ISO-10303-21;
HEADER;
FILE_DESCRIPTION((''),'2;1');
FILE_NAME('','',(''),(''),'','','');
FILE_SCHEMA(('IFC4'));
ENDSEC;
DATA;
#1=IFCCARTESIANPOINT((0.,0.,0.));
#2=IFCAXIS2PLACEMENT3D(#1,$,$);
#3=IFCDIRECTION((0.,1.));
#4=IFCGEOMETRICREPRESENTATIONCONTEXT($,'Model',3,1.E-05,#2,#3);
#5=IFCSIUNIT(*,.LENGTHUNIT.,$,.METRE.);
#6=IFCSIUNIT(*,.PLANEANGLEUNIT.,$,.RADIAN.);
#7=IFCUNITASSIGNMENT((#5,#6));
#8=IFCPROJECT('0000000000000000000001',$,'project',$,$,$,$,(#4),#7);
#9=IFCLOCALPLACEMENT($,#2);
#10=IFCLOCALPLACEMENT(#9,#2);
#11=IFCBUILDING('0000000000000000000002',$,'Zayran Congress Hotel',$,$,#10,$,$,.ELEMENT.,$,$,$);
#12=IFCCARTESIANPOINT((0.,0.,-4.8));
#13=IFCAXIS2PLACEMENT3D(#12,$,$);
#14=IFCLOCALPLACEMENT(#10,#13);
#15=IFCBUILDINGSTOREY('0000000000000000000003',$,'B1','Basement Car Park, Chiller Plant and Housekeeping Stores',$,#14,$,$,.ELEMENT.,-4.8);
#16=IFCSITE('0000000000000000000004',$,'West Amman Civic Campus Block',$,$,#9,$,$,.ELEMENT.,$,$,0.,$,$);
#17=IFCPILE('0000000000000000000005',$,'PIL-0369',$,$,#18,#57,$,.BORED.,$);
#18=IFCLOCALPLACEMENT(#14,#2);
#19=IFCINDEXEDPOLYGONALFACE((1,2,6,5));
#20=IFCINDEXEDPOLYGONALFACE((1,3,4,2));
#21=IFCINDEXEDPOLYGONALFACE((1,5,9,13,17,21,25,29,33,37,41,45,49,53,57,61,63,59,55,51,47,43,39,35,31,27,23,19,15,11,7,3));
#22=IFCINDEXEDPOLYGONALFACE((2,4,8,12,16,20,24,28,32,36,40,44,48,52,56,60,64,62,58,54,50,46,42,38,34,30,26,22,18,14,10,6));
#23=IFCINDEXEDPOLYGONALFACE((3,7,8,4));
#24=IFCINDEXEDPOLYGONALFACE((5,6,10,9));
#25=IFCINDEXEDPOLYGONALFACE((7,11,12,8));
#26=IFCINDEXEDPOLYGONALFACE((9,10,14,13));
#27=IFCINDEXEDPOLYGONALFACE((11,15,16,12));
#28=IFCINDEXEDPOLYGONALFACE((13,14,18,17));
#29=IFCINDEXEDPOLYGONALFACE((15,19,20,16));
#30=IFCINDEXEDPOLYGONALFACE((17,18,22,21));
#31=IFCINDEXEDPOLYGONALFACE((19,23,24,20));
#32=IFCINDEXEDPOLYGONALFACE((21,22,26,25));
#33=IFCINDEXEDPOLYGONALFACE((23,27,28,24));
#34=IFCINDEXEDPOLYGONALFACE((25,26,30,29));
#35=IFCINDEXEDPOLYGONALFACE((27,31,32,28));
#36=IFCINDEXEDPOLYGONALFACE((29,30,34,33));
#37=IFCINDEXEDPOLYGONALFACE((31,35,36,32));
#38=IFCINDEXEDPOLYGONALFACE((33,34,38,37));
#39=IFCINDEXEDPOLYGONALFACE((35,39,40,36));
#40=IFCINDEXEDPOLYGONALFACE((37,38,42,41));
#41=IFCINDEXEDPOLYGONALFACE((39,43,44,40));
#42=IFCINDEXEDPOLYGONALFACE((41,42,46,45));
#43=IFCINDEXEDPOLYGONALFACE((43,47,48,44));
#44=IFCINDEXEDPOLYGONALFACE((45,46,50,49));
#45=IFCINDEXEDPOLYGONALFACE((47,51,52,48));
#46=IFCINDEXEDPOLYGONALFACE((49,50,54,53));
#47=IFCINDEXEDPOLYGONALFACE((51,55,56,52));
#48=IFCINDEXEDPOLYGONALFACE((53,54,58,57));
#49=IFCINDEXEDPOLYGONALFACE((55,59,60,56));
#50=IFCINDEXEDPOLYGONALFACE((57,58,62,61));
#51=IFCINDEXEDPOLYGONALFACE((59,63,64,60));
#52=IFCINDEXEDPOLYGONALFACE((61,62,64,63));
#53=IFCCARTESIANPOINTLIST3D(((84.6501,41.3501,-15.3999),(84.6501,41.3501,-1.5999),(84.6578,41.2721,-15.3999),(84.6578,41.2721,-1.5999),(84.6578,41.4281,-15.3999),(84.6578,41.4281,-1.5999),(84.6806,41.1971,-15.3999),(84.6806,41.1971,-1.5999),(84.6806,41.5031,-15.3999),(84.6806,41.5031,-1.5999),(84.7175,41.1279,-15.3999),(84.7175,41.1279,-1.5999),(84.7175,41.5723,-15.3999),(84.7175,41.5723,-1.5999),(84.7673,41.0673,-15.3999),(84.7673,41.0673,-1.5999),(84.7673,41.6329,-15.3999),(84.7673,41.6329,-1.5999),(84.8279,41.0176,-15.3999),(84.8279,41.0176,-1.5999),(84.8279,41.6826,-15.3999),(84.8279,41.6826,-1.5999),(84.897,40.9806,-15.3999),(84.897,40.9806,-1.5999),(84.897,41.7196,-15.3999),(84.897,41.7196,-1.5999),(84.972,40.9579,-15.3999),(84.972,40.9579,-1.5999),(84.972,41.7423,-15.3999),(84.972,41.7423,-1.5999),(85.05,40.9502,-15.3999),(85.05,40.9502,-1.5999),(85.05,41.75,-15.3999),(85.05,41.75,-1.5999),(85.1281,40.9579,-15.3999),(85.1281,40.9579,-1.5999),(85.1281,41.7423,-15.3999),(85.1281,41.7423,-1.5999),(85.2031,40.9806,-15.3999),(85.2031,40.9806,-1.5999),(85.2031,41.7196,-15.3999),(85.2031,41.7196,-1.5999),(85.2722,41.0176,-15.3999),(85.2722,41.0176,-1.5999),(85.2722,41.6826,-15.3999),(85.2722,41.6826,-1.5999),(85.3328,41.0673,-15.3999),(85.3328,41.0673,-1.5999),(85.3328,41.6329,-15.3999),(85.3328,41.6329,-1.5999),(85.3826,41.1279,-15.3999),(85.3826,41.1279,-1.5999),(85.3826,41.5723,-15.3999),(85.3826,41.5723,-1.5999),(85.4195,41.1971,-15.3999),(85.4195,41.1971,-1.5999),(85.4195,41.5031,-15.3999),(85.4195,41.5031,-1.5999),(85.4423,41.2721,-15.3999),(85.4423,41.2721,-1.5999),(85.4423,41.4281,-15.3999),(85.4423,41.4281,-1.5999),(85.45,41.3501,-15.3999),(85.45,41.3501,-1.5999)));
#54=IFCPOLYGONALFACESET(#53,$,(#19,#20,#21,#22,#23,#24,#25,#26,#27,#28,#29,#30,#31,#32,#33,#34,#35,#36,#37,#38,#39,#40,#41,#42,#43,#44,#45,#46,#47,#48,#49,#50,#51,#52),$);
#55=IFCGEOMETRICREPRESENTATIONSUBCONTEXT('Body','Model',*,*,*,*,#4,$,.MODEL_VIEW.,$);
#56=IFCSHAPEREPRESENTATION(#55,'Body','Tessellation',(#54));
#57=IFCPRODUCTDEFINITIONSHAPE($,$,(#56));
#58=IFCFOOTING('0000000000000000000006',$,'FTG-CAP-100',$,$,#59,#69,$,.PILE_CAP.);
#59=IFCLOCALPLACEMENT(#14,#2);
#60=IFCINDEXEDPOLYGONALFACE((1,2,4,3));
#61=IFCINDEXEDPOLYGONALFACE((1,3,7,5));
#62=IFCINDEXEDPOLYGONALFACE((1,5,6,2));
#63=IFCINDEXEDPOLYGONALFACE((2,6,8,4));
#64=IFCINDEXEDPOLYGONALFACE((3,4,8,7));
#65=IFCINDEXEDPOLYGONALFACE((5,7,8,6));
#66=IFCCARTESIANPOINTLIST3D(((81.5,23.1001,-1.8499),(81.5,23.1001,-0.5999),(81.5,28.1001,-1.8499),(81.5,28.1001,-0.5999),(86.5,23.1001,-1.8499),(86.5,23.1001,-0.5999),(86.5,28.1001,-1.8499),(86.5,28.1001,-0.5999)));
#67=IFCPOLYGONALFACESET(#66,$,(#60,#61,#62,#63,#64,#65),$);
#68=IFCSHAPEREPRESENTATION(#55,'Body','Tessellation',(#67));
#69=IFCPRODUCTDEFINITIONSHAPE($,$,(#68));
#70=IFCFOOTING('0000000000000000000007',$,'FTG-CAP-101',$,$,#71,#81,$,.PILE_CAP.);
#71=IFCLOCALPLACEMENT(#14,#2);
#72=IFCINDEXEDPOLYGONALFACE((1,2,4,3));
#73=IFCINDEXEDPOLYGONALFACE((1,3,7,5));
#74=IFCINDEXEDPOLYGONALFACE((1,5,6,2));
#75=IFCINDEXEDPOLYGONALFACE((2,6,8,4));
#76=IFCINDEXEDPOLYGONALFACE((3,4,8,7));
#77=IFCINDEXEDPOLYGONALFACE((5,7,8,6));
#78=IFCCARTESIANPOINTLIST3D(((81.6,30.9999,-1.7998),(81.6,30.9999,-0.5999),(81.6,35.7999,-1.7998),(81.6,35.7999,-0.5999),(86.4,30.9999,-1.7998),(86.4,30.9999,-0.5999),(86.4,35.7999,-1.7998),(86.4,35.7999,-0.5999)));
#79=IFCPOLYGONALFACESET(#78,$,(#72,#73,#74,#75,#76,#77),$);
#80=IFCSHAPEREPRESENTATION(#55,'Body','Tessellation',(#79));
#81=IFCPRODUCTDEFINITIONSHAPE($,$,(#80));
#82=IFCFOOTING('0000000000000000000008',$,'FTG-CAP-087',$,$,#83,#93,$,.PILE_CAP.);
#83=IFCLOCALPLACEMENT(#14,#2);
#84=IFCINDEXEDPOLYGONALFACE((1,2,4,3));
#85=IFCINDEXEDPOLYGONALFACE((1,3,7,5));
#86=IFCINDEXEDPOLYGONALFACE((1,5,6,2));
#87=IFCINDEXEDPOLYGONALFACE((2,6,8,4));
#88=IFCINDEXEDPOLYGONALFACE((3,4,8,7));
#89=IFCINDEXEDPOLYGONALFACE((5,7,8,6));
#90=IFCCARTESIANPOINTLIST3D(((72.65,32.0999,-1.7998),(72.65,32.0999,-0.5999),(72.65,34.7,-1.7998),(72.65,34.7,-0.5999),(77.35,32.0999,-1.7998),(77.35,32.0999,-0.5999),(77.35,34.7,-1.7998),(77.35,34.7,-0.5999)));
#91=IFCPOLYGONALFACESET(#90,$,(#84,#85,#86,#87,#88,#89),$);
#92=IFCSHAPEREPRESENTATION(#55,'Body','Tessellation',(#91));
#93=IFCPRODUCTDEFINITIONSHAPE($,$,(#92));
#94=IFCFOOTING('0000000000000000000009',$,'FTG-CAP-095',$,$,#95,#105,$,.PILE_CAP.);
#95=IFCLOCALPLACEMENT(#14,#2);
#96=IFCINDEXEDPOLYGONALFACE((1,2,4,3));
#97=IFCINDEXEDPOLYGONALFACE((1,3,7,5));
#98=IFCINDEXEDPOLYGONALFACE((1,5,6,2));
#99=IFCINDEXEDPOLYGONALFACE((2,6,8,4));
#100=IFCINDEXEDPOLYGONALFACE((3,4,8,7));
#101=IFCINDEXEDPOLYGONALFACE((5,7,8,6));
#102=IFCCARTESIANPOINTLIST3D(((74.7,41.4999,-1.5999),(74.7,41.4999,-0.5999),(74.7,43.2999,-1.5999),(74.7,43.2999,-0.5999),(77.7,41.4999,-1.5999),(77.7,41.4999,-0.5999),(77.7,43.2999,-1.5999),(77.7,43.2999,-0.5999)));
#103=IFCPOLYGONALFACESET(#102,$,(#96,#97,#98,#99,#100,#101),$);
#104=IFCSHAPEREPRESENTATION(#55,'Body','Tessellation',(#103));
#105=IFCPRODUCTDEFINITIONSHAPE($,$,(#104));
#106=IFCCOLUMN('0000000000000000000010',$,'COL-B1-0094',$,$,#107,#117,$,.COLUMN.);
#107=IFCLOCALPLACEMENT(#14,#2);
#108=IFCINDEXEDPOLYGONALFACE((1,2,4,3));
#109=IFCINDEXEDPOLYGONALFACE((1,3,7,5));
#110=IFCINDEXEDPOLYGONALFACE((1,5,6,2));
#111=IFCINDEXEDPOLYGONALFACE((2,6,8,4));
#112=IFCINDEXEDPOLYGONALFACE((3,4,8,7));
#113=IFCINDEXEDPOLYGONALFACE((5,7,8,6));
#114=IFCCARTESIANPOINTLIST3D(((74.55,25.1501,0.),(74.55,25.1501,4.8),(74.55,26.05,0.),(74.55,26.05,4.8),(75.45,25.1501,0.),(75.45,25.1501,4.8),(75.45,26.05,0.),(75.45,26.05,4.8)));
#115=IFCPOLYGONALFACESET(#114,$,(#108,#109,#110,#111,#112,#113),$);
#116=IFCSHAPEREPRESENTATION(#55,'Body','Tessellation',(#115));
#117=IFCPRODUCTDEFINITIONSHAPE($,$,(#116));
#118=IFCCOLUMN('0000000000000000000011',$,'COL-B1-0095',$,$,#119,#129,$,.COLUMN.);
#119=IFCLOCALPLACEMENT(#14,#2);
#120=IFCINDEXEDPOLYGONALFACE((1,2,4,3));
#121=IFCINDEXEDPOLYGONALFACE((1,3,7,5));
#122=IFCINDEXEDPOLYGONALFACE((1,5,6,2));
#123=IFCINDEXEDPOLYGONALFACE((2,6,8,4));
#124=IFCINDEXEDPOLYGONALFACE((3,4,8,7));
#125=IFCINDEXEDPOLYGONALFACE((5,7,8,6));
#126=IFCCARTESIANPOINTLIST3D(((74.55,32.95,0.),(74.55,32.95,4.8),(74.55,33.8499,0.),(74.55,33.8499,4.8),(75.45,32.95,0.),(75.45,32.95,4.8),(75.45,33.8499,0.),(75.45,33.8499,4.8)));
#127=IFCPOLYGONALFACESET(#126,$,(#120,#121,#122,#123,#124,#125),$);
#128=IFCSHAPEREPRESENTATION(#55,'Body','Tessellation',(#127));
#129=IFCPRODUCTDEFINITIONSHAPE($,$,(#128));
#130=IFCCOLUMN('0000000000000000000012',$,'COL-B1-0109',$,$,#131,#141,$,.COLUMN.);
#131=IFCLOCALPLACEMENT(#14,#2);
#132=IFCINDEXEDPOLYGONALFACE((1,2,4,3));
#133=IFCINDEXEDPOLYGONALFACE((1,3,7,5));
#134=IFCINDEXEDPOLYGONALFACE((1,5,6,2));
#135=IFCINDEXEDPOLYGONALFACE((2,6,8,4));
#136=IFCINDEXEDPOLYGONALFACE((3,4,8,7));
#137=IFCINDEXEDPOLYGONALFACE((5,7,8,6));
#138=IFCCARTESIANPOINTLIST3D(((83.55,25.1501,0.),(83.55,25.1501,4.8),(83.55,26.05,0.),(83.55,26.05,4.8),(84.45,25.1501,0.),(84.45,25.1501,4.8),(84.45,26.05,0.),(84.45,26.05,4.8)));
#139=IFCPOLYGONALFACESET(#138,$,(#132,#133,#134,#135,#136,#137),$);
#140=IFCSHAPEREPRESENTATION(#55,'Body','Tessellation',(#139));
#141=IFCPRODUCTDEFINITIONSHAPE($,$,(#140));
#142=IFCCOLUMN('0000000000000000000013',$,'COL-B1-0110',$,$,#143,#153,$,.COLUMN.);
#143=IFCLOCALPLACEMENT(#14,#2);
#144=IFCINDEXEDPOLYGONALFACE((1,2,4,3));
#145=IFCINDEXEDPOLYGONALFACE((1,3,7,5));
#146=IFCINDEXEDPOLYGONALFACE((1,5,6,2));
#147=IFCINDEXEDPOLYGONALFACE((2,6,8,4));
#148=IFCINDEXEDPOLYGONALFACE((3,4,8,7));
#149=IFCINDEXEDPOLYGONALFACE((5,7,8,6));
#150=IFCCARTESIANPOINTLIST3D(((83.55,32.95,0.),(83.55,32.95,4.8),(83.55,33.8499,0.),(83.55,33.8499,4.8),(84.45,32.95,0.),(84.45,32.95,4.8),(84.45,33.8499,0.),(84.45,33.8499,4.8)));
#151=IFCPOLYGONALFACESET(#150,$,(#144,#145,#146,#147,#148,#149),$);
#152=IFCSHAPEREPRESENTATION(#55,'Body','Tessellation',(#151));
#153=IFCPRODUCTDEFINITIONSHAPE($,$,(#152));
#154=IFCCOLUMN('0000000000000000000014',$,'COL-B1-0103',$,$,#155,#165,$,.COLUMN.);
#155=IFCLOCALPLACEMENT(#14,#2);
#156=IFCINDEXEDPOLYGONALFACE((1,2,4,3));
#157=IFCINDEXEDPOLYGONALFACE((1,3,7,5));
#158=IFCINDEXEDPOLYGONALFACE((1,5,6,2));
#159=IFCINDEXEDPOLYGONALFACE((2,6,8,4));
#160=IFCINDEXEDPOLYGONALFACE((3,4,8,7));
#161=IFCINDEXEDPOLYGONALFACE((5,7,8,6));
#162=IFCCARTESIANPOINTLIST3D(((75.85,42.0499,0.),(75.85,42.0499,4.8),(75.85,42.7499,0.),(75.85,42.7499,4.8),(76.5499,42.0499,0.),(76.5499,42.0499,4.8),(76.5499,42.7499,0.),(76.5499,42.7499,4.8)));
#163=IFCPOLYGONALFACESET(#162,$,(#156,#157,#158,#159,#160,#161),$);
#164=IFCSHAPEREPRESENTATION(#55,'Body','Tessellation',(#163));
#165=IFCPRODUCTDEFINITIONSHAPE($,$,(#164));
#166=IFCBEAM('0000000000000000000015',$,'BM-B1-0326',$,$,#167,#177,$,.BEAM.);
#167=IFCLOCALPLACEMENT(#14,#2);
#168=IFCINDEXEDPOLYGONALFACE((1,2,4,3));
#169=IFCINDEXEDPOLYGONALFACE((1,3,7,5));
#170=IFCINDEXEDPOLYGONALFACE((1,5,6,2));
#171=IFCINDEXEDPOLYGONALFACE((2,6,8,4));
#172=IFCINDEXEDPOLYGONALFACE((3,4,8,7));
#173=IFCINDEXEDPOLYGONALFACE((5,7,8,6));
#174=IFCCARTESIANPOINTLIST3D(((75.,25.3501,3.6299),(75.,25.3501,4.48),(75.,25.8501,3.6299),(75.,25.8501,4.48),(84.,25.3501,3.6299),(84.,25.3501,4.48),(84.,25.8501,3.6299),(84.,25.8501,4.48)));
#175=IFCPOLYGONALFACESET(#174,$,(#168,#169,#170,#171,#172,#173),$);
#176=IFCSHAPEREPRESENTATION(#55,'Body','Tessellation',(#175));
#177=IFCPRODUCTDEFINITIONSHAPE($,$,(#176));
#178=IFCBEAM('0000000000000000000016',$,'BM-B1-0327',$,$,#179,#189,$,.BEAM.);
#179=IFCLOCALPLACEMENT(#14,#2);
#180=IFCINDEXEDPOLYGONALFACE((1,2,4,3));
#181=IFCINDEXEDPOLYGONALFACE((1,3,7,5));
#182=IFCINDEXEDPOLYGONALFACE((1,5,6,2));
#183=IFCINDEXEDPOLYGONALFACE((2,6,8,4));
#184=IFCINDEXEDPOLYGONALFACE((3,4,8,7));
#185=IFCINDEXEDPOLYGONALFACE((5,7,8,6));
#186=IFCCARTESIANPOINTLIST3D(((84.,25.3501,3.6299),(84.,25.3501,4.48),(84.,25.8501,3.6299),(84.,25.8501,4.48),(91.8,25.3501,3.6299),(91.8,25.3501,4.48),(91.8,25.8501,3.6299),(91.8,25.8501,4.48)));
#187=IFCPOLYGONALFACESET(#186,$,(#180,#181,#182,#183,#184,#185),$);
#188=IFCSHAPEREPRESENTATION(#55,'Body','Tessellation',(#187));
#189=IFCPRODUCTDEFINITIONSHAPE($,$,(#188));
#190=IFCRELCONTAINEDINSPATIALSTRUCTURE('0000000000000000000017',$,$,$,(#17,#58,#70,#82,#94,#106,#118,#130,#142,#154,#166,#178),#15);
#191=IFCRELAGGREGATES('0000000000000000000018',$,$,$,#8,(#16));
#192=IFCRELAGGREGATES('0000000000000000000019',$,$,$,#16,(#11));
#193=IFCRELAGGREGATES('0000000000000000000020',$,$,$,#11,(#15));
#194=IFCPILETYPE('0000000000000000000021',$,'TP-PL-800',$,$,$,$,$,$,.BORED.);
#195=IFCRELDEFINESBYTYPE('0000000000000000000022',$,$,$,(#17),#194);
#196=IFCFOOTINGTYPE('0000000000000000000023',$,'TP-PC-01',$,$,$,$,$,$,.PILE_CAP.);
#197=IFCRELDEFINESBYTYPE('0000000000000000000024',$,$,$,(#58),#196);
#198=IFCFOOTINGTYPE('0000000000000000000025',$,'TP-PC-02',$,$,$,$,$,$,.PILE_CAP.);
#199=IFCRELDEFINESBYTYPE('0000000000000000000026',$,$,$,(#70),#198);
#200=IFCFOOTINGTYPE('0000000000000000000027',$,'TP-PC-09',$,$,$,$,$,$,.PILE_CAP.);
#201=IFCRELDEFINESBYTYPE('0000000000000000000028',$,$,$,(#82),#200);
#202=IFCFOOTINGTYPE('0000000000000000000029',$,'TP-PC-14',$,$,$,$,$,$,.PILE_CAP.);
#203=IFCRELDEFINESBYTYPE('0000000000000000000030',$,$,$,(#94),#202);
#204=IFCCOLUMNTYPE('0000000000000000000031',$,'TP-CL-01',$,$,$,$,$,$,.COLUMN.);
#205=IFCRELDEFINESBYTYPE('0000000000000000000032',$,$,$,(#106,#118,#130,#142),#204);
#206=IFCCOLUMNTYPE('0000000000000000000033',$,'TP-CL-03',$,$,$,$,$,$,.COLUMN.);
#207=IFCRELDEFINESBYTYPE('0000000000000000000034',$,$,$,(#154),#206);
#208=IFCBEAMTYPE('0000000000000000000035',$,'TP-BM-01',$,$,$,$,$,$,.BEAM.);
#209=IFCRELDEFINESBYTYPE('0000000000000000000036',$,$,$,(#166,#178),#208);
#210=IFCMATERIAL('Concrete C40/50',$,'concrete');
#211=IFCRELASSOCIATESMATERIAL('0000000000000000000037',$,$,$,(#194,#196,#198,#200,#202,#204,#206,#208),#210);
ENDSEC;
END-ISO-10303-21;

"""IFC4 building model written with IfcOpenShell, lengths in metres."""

from ifc_helpers import new_model, si_unit, direction, frame, origin, origin_2d, place, context, subcontext, project, spatial, rectangle, circle, extrude, material, material_profile, profile_set, type_object, element, save


model = new_model("IFC4")

# Units and contexts
model_context = context("Model", 3, precision=1e-05, world=origin(), true_north=direction((0.0, 1.0)))
body_context = subcontext(model_context, "Body", "Model", "MODEL_VIEW")
ifc_project = project(units=[si_unit("LENGTHUNIT", "METRE"), si_unit("PLANEANGLEUNIT", "RADIAN")], contexts=[model_context])

# Site, building, storey
site_placement = place(None, origin())
site = spatial("IfcSite", under=ifc_project, at=site_placement, Name="West Amman Civic Campus Block", CompositionType="ELEMENT", RefElevation=0.0)
building_placement = place(site_placement, origin())
building = spatial("IfcBuilding", under=site, at=building_placement, Name="Zayran Congress Hotel", CompositionType="ELEMENT")
storey_placement = place(building_placement, frame((0.0, 0.0, -4.8)))
storey = spatial("IfcBuildingStorey", under=building, at=storey_placement, Name="B1", Description="Basement Car Park, Chiller Plant and Housekeeping Stores", CompositionType="ELEMENT", Elevation=-4.8)

# Pile
ifc_material_1 = material(Name="Concrete C40/50", Category="concrete")
ifc_material_profile_1 = material_profile(ifc_material_1, circle(Radius=0.3999, at=origin_2d()), Name="PILE D800")
ifc_profile_set_1 = profile_set([ifc_material_profile_1], Name="Concrete C40/50")
pile_type_1 = type_object("IfcPileType", Name="TP-PL-800", PredefinedType="BORED", material=ifc_profile_set_1)
for number, where, z_axis, x_axis, name in (
    (1, (85.05, 41.3501, -1.5999), (0.0, 0.0, -1.0), (1.0, 0.0, 0.0), "PIL-0369"),
):
    element("IfcPile", number, at=place(storey_placement, frame(where, z_axis=z_axis, x_axis=x_axis)), inside=storey, type_object=pile_type_1, Name=name, PredefinedType="BORED", context=body_context, shape_type="SweptSolid", body=[
        extrude(circle(Radius=0.3999, at=origin_2d()), origin(), (0.0, 0.0, 1.0), 13.8),
    ])

# Footings
footing_type_1 = type_object("IfcFootingType", Name="TP-PC-01", PredefinedType="PILE_CAP", material=ifc_material_1)
footing_1_placement = place(storey_placement, frame((84.0, 25.6001, -1.8499), z_axis=(0.0, 0.0, 1.0), x_axis=(1.0, 0.0, 0.0)))
element("IfcFooting", 2, at=footing_1_placement, inside=storey, type_object=footing_type_1, Name="FTG-CAP-100", PredefinedType="PILE_CAP", context=body_context, shape_type="SweptSolid", body=[
    extrude(rectangle(XDim=5.0, YDim=5.0, at=origin_2d()), origin(), (0.0, 0.0, 1.0), 1.25),
])
footing_type_2 = type_object("IfcFootingType", Name="TP-PC-02", PredefinedType="PILE_CAP", material=ifc_material_1)
footing_2_placement = place(storey_placement, frame((84.0, 33.3999, -1.7998), z_axis=(0.0, 0.0, 1.0), x_axis=(1.0, 0.0, 0.0)))
element("IfcFooting", 3, at=footing_2_placement, inside=storey, type_object=footing_type_2, Name="FTG-CAP-101", PredefinedType="PILE_CAP", context=body_context, shape_type="SweptSolid", body=[
    extrude(rectangle(XDim=4.8, YDim=4.8, at=origin_2d()), origin(), (0.0, 0.0, 1.0), 1.2),
])
footing_type_3 = type_object("IfcFootingType", Name="TP-PC-09", PredefinedType="PILE_CAP", material=ifc_material_1)
footing_3_placement = place(storey_placement, frame((75.0, 33.3999, -1.7998), z_axis=(0.0, 0.0, 1.0), x_axis=(1.0, 0.0, 0.0)))
element("IfcFooting", 4, at=footing_3_placement, inside=storey, type_object=footing_type_3, Name="FTG-CAP-087", PredefinedType="PILE_CAP", context=body_context, shape_type="SweptSolid", body=[
    extrude(rectangle(XDim=4.7, YDim=2.6001, at=origin_2d()), origin(), (0.0, 0.0, 1.0), 1.2),
])
footing_type_4 = type_object("IfcFootingType", Name="TP-PC-14", PredefinedType="PILE_CAP", material=ifc_material_1)
footing_4_placement = place(storey_placement, frame((76.2, 42.3999, -1.5999), z_axis=(0.0, 0.0, 1.0), x_axis=(1.0, 0.0, 0.0)))
element("IfcFooting", 5, at=footing_4_placement, inside=storey, type_object=footing_type_4, Name="FTG-CAP-095", PredefinedType="PILE_CAP", context=body_context, shape_type="SweptSolid", body=[
    extrude(rectangle(XDim=3.0, YDim=1.8, at=origin_2d()), origin(), (0.0, 0.0, 1.0), 1.0),
])

# Columns
ifc_material_profile_2 = material_profile(ifc_material_1, rectangle(XDim=0.8999, YDim=0.8999, at=origin_2d()), Name="RC 900x900")
ifc_profile_set_2 = profile_set([ifc_material_profile_2], Name="Concrete C40/50")
column_type_1 = type_object("IfcColumnType", Name="TP-CL-01", PredefinedType="COLUMN", material=ifc_profile_set_2)
for number, where, z_axis, x_axis, name in (
    (6, (75.0, 25.6001, 0.0), (0.0, 0.0, 1.0), (1.0, 0.0, 0.0), "COL-B1-0094"),
    (7, (75.0, 33.3999, 0.0), (0.0, 0.0, 1.0), (1.0, 0.0, 0.0), "COL-B1-0095"),
    (8, (84.0, 25.6001, 0.0), (0.0, 0.0, 1.0), (1.0, 0.0, 0.0), "COL-B1-0109"),
    (9, (84.0, 33.3999, 0.0), (0.0, 0.0, 1.0), (1.0, 0.0, 0.0), "COL-B1-0110"),
):
    element("IfcColumn", number, at=place(storey_placement, frame(where, z_axis=z_axis, x_axis=x_axis)), inside=storey, type_object=column_type_1, Name=name, PredefinedType="COLUMN", context=body_context, shape_type="SweptSolid", body=[
        extrude(rectangle(XDim=0.8999, YDim=0.8999, at=origin_2d()), origin(), (0.0, 0.0, 1.0), 4.8),
    ])
ifc_material_profile_3 = material_profile(ifc_material_1, rectangle(XDim=0.7, YDim=0.7, at=origin_2d()), Name="RC 700x700")
ifc_profile_set_3 = profile_set([ifc_material_profile_3], Name="Concrete C40/50")
column_type_2 = type_object("IfcColumnType", Name="TP-CL-03", PredefinedType="COLUMN", material=ifc_profile_set_3)
column_placement = place(storey_placement, frame((76.2, 42.3999, 0.0), z_axis=(0.0, 0.0, 1.0), x_axis=(1.0, 0.0, 0.0)))
element("IfcColumn", 10, at=column_placement, inside=storey, type_object=column_type_2, Name="COL-B1-0103", PredefinedType="COLUMN", context=body_context, shape_type="SweptSolid", body=[
    extrude(rectangle(XDim=0.7, YDim=0.7, at=origin_2d()), origin(), (0.0, 0.0, 1.0), 4.8),
])

# Beams
ifc_material_profile_4 = material_profile(ifc_material_1, rectangle(XDim=0.5, YDim=0.8501, at=origin_2d()), Name="RC 500x850")
ifc_profile_set_4 = profile_set([ifc_material_profile_4], Name="Concrete C40/50")
beam_type_1 = type_object("IfcBeamType", Name="TP-BM-01", PredefinedType="BEAM", material=ifc_profile_set_4)
beam_1_placement = place(storey_placement, frame((75.0, 25.6001, 4.0549), z_axis=(1.0, 0.0, 0.0), x_axis=(0.0, 1.0, 0.0)))
element("IfcBeam", 11, at=beam_1_placement, inside=storey, type_object=beam_type_1, Name="BM-B1-0326", PredefinedType="BEAM", context=body_context, shape_type="SweptSolid", body=[
    extrude(rectangle(XDim=0.5, YDim=0.8501, at=origin_2d()), origin(), (0.0, 0.0, 1.0), 9.0),
])
beam_2_placement = place(storey_placement, frame((84.0, 25.6001, 4.0549), z_axis=(1.0, 0.0, 0.0), x_axis=(0.0, 1.0, 0.0)))
element("IfcBeam", 12, at=beam_2_placement, inside=storey, type_object=beam_type_1, Name="BM-B1-0327", PredefinedType="BEAM", context=body_context, shape_type="SweptSolid", body=[
    extrude(rectangle(XDim=0.5, YDim=0.8501, at=origin_2d()), origin(), (0.0, 0.0, 1.0), 7.8),
])

save(model, "model.ifc")
